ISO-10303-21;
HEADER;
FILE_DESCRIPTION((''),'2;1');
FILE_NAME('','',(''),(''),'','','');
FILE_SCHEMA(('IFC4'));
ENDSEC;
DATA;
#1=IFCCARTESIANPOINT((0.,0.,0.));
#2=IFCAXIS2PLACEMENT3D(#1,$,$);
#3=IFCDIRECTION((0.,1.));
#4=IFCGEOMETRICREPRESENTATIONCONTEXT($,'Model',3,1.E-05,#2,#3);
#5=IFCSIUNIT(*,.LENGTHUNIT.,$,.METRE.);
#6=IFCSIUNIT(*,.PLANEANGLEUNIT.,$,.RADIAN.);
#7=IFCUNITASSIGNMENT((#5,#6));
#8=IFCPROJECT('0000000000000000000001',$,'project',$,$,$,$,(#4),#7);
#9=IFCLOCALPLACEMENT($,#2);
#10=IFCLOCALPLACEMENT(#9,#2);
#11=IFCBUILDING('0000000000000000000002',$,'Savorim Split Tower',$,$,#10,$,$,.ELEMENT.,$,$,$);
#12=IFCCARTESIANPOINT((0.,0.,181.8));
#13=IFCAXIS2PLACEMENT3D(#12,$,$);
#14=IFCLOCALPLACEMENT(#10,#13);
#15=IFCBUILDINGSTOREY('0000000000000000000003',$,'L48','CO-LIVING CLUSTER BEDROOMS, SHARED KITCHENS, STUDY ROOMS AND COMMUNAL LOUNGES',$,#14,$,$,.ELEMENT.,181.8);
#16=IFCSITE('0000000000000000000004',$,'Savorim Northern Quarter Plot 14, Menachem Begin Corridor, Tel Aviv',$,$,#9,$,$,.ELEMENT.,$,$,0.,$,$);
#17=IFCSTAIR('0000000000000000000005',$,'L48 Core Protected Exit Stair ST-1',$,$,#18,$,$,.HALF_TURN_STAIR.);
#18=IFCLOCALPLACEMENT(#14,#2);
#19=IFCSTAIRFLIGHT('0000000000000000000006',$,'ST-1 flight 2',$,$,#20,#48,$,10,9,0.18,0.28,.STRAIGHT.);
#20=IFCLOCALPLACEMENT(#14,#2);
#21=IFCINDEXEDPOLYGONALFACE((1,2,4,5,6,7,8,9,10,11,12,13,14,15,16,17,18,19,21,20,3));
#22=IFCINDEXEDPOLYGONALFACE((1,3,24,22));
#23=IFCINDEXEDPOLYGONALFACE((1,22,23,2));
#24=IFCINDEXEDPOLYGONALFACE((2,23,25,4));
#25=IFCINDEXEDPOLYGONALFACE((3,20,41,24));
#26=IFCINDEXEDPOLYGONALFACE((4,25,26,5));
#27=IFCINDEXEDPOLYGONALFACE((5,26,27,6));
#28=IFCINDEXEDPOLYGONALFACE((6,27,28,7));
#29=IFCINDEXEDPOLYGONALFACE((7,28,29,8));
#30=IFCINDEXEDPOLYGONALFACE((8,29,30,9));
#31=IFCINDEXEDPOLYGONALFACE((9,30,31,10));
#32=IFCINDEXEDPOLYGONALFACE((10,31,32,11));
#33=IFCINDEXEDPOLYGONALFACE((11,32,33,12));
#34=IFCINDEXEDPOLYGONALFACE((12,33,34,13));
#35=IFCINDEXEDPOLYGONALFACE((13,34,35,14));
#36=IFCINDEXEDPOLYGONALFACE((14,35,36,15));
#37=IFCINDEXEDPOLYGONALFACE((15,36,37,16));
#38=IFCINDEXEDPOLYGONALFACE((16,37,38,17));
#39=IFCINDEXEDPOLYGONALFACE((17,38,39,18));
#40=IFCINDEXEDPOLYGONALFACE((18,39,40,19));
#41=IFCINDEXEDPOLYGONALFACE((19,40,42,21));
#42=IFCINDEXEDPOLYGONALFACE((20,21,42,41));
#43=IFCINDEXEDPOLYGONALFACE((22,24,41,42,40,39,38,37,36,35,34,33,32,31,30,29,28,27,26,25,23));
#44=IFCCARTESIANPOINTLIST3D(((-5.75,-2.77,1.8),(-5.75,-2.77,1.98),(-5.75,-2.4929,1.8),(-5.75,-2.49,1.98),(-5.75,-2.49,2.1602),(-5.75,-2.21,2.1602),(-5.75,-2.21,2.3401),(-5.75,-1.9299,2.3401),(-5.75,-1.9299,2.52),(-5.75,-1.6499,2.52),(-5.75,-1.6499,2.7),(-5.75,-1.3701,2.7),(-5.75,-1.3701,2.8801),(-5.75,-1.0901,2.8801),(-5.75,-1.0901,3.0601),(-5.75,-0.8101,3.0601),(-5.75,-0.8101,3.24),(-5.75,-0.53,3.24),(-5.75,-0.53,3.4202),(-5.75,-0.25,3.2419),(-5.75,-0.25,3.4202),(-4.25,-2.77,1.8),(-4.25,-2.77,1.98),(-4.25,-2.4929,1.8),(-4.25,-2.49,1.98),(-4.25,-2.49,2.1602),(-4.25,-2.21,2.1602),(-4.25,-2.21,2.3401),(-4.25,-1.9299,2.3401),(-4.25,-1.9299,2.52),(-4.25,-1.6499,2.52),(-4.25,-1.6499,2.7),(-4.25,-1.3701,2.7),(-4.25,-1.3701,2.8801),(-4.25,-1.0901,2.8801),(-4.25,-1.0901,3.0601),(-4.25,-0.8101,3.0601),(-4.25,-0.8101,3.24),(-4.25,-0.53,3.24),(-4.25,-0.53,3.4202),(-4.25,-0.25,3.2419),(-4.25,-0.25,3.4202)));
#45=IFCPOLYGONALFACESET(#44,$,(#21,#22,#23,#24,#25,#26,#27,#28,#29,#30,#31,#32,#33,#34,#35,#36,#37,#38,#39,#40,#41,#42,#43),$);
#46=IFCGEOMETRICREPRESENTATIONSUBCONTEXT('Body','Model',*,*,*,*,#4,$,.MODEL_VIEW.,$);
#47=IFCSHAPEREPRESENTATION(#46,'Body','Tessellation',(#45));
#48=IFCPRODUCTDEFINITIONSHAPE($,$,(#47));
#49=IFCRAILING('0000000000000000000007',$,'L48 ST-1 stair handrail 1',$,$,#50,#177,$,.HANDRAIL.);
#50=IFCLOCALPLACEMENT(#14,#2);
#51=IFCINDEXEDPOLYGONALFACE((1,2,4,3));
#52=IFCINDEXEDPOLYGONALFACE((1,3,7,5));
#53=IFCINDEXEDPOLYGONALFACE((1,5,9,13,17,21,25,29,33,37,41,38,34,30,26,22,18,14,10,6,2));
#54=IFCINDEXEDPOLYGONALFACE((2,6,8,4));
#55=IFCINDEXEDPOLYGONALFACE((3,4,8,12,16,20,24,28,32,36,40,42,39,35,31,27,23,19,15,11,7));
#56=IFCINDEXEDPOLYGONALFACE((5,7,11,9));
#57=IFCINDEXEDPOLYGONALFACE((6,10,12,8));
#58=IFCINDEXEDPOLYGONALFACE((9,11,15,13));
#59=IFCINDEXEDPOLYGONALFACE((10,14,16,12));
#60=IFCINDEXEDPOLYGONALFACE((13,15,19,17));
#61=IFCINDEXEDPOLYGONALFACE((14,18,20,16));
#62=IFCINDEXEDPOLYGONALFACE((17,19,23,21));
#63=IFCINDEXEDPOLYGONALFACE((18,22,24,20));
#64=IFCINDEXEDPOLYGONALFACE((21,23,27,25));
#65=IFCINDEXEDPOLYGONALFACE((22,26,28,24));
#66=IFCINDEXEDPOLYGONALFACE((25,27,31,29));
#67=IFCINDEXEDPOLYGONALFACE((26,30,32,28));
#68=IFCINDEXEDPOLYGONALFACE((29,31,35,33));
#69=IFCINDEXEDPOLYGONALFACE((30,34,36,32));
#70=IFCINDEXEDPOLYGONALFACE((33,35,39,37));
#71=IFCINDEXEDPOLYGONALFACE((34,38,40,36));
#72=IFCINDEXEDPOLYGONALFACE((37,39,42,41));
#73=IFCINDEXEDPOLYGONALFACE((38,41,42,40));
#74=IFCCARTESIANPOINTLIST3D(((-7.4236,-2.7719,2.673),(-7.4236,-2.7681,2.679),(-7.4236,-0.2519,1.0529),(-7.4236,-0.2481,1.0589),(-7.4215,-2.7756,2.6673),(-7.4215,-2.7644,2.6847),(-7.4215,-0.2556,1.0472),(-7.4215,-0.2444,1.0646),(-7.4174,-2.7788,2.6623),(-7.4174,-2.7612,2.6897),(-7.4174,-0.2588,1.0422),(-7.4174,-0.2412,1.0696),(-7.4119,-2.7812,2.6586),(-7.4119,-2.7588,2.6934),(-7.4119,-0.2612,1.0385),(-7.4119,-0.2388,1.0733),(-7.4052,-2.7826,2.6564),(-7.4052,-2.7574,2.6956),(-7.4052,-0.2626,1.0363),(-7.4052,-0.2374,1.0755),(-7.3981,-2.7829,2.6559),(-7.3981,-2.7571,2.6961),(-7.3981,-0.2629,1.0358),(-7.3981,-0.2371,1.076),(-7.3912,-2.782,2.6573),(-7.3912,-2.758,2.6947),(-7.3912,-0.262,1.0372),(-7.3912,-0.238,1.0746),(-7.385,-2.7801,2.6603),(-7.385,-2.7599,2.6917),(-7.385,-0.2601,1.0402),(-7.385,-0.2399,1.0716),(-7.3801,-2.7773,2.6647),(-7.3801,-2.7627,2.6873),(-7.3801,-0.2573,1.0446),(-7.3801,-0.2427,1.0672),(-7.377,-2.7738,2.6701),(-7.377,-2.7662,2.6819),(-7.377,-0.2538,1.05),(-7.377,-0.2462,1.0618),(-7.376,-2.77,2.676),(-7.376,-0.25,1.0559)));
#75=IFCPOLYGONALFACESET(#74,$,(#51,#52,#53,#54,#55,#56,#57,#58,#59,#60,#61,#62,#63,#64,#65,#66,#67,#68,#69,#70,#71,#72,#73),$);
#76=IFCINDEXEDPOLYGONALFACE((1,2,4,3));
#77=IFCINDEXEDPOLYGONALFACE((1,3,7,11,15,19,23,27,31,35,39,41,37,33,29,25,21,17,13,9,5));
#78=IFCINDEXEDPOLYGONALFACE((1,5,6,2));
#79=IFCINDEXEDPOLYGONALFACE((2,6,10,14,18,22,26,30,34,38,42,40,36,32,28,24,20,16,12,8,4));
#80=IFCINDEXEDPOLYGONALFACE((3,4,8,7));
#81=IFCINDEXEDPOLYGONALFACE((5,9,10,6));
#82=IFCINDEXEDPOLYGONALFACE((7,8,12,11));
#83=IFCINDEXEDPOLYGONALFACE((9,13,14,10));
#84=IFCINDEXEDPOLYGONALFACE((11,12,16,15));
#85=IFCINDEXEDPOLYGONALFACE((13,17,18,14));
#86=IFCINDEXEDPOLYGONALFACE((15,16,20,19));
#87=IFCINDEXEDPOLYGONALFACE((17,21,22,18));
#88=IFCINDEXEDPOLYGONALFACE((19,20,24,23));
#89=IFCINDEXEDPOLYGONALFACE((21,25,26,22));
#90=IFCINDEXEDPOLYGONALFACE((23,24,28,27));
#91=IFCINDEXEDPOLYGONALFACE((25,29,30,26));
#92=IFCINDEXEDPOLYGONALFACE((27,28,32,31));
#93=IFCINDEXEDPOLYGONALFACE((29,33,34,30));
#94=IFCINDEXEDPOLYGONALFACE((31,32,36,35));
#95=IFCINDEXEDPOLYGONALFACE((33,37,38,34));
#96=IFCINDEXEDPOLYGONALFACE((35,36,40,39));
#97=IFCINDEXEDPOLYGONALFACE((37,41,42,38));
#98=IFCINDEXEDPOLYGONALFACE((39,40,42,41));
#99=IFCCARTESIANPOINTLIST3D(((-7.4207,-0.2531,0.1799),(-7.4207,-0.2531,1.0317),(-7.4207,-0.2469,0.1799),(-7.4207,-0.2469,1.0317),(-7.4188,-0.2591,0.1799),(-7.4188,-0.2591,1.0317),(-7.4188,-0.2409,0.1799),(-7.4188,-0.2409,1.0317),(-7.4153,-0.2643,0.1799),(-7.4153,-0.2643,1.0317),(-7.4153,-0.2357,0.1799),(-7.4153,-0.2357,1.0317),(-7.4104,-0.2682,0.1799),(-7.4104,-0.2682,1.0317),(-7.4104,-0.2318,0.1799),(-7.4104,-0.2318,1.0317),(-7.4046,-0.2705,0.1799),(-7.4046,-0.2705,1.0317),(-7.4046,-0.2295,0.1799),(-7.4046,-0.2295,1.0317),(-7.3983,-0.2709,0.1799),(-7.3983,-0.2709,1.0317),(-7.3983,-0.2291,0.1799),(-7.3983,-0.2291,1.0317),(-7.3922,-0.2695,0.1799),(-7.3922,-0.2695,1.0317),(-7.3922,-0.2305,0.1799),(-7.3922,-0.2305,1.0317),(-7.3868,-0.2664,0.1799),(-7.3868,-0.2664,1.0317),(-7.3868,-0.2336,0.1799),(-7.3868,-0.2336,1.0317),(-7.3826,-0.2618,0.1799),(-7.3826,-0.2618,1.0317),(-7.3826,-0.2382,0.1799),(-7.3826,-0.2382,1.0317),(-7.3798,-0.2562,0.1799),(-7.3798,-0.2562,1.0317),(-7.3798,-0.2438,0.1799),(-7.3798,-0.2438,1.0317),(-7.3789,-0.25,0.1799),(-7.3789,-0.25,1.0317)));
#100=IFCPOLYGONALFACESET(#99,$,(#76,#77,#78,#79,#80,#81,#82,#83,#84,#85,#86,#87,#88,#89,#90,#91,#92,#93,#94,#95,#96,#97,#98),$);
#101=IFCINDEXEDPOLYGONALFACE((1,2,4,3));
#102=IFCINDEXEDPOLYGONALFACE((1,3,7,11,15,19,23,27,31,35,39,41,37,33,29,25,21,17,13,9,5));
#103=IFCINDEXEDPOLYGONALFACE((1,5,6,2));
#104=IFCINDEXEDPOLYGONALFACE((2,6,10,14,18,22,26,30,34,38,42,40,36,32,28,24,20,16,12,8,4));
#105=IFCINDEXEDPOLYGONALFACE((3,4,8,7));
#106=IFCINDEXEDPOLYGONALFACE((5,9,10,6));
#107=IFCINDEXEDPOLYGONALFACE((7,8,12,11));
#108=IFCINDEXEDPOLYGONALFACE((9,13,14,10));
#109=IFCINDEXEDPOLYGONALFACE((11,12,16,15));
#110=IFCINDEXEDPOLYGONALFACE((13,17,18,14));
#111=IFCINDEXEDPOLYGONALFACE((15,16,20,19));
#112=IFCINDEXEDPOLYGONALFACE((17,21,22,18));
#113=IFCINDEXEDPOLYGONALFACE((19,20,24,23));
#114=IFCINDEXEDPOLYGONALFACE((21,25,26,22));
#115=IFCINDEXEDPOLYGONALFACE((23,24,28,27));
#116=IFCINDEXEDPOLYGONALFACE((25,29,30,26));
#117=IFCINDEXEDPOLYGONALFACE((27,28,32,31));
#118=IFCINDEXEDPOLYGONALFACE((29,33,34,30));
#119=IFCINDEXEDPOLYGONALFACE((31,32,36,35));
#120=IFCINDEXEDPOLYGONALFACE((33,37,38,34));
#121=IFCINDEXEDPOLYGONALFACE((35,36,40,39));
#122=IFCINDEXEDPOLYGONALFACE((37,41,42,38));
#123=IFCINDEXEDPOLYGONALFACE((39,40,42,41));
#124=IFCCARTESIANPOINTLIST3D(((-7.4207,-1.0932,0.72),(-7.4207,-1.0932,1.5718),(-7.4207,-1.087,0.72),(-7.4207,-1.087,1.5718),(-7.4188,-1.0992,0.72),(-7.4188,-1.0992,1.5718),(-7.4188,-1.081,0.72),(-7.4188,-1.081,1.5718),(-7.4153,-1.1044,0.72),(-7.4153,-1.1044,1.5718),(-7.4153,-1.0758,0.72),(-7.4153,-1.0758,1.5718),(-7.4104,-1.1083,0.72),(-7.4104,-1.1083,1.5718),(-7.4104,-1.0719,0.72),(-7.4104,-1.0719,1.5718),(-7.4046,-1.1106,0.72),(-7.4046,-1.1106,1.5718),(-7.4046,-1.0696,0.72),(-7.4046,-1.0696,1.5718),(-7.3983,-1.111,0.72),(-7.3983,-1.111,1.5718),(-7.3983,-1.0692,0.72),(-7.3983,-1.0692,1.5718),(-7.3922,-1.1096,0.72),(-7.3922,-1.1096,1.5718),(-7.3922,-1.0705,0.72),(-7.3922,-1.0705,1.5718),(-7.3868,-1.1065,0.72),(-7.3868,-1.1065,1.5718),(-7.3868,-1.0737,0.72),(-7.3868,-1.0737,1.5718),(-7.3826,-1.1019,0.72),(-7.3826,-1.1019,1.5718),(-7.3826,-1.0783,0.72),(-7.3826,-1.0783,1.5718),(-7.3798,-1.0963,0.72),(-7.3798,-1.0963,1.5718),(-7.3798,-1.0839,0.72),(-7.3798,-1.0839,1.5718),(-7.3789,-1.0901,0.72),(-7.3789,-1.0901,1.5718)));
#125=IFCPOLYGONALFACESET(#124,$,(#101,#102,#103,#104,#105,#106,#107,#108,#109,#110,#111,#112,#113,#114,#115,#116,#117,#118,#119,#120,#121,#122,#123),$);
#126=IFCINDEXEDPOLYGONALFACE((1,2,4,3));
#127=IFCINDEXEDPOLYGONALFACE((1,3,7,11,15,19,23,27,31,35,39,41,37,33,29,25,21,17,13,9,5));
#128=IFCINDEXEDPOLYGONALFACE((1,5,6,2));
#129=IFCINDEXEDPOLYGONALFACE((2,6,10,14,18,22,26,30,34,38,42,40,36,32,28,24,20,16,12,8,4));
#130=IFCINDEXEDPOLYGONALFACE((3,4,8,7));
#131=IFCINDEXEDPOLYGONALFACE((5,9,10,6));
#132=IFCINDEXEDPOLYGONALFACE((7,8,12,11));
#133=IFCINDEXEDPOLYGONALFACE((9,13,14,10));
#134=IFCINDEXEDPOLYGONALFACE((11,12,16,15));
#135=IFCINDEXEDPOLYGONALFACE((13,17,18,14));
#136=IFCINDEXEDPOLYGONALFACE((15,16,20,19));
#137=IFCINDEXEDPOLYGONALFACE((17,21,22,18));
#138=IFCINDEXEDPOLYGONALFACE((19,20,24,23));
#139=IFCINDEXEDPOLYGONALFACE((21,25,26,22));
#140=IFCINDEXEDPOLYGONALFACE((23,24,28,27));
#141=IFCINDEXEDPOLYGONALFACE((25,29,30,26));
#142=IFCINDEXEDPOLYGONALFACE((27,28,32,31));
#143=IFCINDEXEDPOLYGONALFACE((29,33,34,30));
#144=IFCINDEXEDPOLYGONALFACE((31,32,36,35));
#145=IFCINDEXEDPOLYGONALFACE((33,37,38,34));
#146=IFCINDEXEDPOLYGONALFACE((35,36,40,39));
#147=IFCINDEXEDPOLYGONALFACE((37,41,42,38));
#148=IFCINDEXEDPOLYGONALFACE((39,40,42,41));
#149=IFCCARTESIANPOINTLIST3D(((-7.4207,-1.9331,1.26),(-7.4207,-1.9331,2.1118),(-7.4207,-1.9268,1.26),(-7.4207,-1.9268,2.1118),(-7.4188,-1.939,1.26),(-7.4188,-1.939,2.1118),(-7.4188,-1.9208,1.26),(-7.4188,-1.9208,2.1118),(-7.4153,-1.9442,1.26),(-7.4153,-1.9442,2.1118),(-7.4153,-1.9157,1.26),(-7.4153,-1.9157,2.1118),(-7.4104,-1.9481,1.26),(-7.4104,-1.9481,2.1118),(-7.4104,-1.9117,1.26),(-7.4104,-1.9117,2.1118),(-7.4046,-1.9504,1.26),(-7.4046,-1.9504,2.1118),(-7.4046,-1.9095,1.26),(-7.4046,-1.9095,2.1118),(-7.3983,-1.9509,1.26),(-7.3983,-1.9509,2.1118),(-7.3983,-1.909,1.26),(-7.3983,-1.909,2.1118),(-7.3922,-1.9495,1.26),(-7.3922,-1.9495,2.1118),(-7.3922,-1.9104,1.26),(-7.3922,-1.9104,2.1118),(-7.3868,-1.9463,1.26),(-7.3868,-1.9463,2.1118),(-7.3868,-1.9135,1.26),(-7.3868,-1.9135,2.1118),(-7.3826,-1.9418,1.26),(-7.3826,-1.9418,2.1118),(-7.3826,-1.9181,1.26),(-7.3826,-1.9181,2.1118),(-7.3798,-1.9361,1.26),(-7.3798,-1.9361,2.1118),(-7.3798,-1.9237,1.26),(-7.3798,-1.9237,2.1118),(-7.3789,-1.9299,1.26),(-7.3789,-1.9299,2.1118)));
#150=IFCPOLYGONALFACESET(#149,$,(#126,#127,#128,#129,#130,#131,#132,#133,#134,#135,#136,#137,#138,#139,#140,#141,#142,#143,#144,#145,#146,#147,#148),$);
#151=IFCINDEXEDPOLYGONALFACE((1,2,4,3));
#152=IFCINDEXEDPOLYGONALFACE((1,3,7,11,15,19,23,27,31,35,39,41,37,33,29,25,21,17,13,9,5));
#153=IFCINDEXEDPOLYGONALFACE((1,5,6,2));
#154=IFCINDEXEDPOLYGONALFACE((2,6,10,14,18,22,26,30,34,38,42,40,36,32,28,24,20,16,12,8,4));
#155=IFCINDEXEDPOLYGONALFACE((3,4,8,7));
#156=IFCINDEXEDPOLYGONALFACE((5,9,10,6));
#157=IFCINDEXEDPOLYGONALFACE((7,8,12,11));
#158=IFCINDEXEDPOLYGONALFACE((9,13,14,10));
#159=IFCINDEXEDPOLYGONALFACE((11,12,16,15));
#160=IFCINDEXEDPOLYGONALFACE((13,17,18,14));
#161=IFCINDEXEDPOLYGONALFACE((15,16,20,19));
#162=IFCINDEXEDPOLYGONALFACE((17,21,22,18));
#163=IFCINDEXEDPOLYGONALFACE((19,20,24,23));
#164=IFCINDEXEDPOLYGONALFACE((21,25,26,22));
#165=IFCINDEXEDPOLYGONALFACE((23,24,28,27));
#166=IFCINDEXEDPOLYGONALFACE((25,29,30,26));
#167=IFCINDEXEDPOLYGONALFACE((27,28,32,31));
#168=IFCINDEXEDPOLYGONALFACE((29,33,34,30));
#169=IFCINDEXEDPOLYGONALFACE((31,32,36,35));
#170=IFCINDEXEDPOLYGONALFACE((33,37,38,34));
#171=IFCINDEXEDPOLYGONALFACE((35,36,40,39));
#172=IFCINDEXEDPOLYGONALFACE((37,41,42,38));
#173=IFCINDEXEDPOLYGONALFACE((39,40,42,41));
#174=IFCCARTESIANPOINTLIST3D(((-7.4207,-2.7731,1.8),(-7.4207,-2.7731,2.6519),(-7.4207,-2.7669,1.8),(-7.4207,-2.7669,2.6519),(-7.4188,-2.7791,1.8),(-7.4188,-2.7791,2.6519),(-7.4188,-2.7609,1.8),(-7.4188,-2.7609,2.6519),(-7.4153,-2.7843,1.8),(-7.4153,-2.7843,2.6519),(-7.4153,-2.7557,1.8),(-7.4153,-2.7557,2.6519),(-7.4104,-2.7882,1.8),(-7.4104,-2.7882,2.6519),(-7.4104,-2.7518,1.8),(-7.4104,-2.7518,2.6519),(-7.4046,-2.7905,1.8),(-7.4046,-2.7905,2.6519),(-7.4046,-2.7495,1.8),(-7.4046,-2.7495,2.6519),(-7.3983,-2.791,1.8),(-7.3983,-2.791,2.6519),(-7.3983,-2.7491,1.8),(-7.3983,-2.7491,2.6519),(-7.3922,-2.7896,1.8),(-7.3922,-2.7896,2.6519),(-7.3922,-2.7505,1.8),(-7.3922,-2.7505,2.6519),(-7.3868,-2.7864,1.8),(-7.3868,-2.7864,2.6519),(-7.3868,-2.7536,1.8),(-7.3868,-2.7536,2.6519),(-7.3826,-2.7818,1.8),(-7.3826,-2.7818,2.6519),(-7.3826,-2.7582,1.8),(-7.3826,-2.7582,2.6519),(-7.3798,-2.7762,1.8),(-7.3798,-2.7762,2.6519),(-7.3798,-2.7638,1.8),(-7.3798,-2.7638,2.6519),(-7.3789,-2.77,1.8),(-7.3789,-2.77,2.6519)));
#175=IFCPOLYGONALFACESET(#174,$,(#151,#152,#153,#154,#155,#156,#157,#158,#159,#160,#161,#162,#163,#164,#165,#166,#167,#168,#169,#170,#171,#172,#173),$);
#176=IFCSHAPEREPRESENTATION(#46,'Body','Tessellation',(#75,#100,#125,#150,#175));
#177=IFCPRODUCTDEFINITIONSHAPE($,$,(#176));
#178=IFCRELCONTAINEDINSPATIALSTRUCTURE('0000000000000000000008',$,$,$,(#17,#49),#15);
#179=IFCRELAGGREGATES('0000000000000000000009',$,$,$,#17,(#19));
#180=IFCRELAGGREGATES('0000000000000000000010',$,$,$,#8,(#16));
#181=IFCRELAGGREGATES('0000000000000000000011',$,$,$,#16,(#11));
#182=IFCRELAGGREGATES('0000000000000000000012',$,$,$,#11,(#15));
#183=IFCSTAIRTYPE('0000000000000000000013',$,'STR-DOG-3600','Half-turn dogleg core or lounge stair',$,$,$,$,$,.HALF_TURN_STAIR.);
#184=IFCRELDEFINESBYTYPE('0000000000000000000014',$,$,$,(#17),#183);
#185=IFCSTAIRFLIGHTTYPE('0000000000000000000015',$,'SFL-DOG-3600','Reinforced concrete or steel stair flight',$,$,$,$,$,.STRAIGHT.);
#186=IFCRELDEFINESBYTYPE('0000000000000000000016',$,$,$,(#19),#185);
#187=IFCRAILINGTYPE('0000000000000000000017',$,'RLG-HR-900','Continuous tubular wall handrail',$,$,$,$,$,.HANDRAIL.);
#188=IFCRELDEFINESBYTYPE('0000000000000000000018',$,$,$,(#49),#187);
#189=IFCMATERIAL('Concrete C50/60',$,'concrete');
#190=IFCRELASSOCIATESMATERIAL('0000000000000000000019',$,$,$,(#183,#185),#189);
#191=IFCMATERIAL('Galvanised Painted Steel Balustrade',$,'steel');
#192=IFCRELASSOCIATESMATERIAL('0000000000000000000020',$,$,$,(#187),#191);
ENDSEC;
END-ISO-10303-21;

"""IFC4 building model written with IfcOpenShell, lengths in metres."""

from ifc_helpers import new_model, si_unit, direction, frame, origin, origin_2d, place, context, subcontext, project, spatial, polyline, circle, outline, extrude, material, type_object, element, aggregate, save


model = new_model("IFC4")

# Units and contexts
model_context = context("Model", 3, precision=1e-05, world=origin(), true_north=direction((0.0, 1.0)))
body_context = subcontext(model_context, "Body", "Model", "MODEL_VIEW")
ifc_project = project(units=[si_unit("LENGTHUNIT", "METRE"), si_unit("PLANEANGLEUNIT", "RADIAN")], contexts=[model_context])

# Site, building, storey
site_placement = place(None, origin())
site = spatial("IfcSite", under=ifc_project, at=site_placement, Name="Savorim Northern Quarter Plot 14, Menachem Begin Corridor, Tel Aviv", CompositionType="ELEMENT", RefElevation=0.0)
building_placement = place(site_placement, origin())
building = spatial("IfcBuilding", under=site, at=building_placement, Name="Savorim Split Tower", CompositionType="ELEMENT")
storey_placement = place(building_placement, frame((0.0, 0.0, 181.8)))
storey = spatial("IfcBuildingStorey", under=building, at=storey_placement, Name="L48", Description="CO-LIVING CLUSTER BEDROOMS, SHARED KITCHENS, STUDY ROOMS AND COMMUNAL LOUNGES", CompositionType="ELEMENT", Elevation=181.8)

# Shared definitions
ifc_material_1 = material(Name="Concrete C50/60", Category="concrete")

# Stair, stair flight
stair_type = type_object("IfcStairType", Name="STR-DOG-3600", Description="Half-turn dogleg core or lounge stair", PredefinedType="HALF_TURN_STAIR", material=ifc_material_1)
stair_placement = place(storey_placement, origin())
stair = element("IfcStair", 1, at=stair_placement, inside=storey, type_object=stair_type, Name="L48 Core Protected Exit Stair ST-1", PredefinedType="HALF_TURN_STAIR")
stair_flight_type = type_object("IfcStairFlightType", Name="SFL-DOG-3600", Description="Reinforced concrete or steel stair flight", PredefinedType="STRAIGHT", material=ifc_material_1)
stair_flight_1_placement = place(storey_placement, frame((-5.0, -2.77, 1.8), z_axis=(0.0, 0.0, 1.0), x_axis=(0.0, 1.0, 0.0)))
stair_flight_1 = element("IfcStairFlight", 2, at=stair_flight_1_placement, type_object=stair_flight_type, Name="ST-1 flight 2", NumberOfRisers=10, NumberOfTreads=9, PredefinedType="STRAIGHT", RiserHeight=0.18, TreadLength=0.28, context=body_context, shape_type="SweptSolid", body=[
    extrude(outline(polyline([(0.0, 0.0), (0.0, 0.1799), (0.28, 0.1799), (0.28, 0.3601), (0.5601, 0.3601), (0.5601, 0.54), (0.8401, 0.54), (0.8401, 0.72), (1.1201, 0.72), (1.1201, 0.8999), (1.3999, 0.8999), (1.3999, 1.0801), (1.6799, 1.0801), (1.6799, 1.26), (1.96, 1.26), (1.96, 1.4399), (2.24, 1.4399), (2.24, 1.6201), (2.52, 1.6201), (2.52, 1.8), (2.52, 1.4419), (0.2771, 0.0), (0.0, 0.0)])), frame((0.0, 0.75, 0.0), z_axis=(0.0, -1.0, 0.0), x_axis=(1.0, 0.0, 0.0)), (0.0, 0.0, 1.0), 1.5),
])
aggregate(stair, [stair_flight_1])

# Railing
ifc_material_2 = material(Name="Galvanised Painted Steel Balustrade", Category="steel")
railing_type_1 = type_object("IfcRailingType", Name="RLG-HR-900", Description="Continuous tubular wall handrail", PredefinedType="HANDRAIL", material=ifc_material_2)
railing_1_placement = place(storey_placement, frame((-7.3999, -0.25, 0.1799)))
element("IfcRailing", 3, at=railing_1_placement, inside=storey, type_object=railing_type_1, Name="L48 ST-1 stair handrail 1", PredefinedType="HANDRAIL", context=body_context, shape_type="SweptSolid", body=[
    extrude(circle(Radius=0.0239, at=origin_2d()), frame((0.0, 0.0, 0.876), z_axis=(0.0, -0.841163, 0.540782), x_axis=(1.0, 0.0, 0.0)), (0.0, 0.0, 1.0), 2.9958),
    extrude(circle(Radius=0.021, at=origin_2d()), origin(), (0.0, 0.0, 1.0), 0.8518),
    extrude(circle(Radius=0.021, at=origin_2d()), frame((0.0, -0.8401, 0.54)), (0.0, 0.0, 1.0), 0.8518),
    extrude(circle(Radius=0.021, at=origin_2d()), frame((0.0, -1.6799, 1.0801)), (0.0, 0.0, 1.0), 0.8518),
    extrude(circle(Radius=0.021, at=origin_2d()), frame((0.0, -2.52, 1.6201)), (0.0, 0.0, 1.0), 0.8518),
])

save(model, "model.ifc")
